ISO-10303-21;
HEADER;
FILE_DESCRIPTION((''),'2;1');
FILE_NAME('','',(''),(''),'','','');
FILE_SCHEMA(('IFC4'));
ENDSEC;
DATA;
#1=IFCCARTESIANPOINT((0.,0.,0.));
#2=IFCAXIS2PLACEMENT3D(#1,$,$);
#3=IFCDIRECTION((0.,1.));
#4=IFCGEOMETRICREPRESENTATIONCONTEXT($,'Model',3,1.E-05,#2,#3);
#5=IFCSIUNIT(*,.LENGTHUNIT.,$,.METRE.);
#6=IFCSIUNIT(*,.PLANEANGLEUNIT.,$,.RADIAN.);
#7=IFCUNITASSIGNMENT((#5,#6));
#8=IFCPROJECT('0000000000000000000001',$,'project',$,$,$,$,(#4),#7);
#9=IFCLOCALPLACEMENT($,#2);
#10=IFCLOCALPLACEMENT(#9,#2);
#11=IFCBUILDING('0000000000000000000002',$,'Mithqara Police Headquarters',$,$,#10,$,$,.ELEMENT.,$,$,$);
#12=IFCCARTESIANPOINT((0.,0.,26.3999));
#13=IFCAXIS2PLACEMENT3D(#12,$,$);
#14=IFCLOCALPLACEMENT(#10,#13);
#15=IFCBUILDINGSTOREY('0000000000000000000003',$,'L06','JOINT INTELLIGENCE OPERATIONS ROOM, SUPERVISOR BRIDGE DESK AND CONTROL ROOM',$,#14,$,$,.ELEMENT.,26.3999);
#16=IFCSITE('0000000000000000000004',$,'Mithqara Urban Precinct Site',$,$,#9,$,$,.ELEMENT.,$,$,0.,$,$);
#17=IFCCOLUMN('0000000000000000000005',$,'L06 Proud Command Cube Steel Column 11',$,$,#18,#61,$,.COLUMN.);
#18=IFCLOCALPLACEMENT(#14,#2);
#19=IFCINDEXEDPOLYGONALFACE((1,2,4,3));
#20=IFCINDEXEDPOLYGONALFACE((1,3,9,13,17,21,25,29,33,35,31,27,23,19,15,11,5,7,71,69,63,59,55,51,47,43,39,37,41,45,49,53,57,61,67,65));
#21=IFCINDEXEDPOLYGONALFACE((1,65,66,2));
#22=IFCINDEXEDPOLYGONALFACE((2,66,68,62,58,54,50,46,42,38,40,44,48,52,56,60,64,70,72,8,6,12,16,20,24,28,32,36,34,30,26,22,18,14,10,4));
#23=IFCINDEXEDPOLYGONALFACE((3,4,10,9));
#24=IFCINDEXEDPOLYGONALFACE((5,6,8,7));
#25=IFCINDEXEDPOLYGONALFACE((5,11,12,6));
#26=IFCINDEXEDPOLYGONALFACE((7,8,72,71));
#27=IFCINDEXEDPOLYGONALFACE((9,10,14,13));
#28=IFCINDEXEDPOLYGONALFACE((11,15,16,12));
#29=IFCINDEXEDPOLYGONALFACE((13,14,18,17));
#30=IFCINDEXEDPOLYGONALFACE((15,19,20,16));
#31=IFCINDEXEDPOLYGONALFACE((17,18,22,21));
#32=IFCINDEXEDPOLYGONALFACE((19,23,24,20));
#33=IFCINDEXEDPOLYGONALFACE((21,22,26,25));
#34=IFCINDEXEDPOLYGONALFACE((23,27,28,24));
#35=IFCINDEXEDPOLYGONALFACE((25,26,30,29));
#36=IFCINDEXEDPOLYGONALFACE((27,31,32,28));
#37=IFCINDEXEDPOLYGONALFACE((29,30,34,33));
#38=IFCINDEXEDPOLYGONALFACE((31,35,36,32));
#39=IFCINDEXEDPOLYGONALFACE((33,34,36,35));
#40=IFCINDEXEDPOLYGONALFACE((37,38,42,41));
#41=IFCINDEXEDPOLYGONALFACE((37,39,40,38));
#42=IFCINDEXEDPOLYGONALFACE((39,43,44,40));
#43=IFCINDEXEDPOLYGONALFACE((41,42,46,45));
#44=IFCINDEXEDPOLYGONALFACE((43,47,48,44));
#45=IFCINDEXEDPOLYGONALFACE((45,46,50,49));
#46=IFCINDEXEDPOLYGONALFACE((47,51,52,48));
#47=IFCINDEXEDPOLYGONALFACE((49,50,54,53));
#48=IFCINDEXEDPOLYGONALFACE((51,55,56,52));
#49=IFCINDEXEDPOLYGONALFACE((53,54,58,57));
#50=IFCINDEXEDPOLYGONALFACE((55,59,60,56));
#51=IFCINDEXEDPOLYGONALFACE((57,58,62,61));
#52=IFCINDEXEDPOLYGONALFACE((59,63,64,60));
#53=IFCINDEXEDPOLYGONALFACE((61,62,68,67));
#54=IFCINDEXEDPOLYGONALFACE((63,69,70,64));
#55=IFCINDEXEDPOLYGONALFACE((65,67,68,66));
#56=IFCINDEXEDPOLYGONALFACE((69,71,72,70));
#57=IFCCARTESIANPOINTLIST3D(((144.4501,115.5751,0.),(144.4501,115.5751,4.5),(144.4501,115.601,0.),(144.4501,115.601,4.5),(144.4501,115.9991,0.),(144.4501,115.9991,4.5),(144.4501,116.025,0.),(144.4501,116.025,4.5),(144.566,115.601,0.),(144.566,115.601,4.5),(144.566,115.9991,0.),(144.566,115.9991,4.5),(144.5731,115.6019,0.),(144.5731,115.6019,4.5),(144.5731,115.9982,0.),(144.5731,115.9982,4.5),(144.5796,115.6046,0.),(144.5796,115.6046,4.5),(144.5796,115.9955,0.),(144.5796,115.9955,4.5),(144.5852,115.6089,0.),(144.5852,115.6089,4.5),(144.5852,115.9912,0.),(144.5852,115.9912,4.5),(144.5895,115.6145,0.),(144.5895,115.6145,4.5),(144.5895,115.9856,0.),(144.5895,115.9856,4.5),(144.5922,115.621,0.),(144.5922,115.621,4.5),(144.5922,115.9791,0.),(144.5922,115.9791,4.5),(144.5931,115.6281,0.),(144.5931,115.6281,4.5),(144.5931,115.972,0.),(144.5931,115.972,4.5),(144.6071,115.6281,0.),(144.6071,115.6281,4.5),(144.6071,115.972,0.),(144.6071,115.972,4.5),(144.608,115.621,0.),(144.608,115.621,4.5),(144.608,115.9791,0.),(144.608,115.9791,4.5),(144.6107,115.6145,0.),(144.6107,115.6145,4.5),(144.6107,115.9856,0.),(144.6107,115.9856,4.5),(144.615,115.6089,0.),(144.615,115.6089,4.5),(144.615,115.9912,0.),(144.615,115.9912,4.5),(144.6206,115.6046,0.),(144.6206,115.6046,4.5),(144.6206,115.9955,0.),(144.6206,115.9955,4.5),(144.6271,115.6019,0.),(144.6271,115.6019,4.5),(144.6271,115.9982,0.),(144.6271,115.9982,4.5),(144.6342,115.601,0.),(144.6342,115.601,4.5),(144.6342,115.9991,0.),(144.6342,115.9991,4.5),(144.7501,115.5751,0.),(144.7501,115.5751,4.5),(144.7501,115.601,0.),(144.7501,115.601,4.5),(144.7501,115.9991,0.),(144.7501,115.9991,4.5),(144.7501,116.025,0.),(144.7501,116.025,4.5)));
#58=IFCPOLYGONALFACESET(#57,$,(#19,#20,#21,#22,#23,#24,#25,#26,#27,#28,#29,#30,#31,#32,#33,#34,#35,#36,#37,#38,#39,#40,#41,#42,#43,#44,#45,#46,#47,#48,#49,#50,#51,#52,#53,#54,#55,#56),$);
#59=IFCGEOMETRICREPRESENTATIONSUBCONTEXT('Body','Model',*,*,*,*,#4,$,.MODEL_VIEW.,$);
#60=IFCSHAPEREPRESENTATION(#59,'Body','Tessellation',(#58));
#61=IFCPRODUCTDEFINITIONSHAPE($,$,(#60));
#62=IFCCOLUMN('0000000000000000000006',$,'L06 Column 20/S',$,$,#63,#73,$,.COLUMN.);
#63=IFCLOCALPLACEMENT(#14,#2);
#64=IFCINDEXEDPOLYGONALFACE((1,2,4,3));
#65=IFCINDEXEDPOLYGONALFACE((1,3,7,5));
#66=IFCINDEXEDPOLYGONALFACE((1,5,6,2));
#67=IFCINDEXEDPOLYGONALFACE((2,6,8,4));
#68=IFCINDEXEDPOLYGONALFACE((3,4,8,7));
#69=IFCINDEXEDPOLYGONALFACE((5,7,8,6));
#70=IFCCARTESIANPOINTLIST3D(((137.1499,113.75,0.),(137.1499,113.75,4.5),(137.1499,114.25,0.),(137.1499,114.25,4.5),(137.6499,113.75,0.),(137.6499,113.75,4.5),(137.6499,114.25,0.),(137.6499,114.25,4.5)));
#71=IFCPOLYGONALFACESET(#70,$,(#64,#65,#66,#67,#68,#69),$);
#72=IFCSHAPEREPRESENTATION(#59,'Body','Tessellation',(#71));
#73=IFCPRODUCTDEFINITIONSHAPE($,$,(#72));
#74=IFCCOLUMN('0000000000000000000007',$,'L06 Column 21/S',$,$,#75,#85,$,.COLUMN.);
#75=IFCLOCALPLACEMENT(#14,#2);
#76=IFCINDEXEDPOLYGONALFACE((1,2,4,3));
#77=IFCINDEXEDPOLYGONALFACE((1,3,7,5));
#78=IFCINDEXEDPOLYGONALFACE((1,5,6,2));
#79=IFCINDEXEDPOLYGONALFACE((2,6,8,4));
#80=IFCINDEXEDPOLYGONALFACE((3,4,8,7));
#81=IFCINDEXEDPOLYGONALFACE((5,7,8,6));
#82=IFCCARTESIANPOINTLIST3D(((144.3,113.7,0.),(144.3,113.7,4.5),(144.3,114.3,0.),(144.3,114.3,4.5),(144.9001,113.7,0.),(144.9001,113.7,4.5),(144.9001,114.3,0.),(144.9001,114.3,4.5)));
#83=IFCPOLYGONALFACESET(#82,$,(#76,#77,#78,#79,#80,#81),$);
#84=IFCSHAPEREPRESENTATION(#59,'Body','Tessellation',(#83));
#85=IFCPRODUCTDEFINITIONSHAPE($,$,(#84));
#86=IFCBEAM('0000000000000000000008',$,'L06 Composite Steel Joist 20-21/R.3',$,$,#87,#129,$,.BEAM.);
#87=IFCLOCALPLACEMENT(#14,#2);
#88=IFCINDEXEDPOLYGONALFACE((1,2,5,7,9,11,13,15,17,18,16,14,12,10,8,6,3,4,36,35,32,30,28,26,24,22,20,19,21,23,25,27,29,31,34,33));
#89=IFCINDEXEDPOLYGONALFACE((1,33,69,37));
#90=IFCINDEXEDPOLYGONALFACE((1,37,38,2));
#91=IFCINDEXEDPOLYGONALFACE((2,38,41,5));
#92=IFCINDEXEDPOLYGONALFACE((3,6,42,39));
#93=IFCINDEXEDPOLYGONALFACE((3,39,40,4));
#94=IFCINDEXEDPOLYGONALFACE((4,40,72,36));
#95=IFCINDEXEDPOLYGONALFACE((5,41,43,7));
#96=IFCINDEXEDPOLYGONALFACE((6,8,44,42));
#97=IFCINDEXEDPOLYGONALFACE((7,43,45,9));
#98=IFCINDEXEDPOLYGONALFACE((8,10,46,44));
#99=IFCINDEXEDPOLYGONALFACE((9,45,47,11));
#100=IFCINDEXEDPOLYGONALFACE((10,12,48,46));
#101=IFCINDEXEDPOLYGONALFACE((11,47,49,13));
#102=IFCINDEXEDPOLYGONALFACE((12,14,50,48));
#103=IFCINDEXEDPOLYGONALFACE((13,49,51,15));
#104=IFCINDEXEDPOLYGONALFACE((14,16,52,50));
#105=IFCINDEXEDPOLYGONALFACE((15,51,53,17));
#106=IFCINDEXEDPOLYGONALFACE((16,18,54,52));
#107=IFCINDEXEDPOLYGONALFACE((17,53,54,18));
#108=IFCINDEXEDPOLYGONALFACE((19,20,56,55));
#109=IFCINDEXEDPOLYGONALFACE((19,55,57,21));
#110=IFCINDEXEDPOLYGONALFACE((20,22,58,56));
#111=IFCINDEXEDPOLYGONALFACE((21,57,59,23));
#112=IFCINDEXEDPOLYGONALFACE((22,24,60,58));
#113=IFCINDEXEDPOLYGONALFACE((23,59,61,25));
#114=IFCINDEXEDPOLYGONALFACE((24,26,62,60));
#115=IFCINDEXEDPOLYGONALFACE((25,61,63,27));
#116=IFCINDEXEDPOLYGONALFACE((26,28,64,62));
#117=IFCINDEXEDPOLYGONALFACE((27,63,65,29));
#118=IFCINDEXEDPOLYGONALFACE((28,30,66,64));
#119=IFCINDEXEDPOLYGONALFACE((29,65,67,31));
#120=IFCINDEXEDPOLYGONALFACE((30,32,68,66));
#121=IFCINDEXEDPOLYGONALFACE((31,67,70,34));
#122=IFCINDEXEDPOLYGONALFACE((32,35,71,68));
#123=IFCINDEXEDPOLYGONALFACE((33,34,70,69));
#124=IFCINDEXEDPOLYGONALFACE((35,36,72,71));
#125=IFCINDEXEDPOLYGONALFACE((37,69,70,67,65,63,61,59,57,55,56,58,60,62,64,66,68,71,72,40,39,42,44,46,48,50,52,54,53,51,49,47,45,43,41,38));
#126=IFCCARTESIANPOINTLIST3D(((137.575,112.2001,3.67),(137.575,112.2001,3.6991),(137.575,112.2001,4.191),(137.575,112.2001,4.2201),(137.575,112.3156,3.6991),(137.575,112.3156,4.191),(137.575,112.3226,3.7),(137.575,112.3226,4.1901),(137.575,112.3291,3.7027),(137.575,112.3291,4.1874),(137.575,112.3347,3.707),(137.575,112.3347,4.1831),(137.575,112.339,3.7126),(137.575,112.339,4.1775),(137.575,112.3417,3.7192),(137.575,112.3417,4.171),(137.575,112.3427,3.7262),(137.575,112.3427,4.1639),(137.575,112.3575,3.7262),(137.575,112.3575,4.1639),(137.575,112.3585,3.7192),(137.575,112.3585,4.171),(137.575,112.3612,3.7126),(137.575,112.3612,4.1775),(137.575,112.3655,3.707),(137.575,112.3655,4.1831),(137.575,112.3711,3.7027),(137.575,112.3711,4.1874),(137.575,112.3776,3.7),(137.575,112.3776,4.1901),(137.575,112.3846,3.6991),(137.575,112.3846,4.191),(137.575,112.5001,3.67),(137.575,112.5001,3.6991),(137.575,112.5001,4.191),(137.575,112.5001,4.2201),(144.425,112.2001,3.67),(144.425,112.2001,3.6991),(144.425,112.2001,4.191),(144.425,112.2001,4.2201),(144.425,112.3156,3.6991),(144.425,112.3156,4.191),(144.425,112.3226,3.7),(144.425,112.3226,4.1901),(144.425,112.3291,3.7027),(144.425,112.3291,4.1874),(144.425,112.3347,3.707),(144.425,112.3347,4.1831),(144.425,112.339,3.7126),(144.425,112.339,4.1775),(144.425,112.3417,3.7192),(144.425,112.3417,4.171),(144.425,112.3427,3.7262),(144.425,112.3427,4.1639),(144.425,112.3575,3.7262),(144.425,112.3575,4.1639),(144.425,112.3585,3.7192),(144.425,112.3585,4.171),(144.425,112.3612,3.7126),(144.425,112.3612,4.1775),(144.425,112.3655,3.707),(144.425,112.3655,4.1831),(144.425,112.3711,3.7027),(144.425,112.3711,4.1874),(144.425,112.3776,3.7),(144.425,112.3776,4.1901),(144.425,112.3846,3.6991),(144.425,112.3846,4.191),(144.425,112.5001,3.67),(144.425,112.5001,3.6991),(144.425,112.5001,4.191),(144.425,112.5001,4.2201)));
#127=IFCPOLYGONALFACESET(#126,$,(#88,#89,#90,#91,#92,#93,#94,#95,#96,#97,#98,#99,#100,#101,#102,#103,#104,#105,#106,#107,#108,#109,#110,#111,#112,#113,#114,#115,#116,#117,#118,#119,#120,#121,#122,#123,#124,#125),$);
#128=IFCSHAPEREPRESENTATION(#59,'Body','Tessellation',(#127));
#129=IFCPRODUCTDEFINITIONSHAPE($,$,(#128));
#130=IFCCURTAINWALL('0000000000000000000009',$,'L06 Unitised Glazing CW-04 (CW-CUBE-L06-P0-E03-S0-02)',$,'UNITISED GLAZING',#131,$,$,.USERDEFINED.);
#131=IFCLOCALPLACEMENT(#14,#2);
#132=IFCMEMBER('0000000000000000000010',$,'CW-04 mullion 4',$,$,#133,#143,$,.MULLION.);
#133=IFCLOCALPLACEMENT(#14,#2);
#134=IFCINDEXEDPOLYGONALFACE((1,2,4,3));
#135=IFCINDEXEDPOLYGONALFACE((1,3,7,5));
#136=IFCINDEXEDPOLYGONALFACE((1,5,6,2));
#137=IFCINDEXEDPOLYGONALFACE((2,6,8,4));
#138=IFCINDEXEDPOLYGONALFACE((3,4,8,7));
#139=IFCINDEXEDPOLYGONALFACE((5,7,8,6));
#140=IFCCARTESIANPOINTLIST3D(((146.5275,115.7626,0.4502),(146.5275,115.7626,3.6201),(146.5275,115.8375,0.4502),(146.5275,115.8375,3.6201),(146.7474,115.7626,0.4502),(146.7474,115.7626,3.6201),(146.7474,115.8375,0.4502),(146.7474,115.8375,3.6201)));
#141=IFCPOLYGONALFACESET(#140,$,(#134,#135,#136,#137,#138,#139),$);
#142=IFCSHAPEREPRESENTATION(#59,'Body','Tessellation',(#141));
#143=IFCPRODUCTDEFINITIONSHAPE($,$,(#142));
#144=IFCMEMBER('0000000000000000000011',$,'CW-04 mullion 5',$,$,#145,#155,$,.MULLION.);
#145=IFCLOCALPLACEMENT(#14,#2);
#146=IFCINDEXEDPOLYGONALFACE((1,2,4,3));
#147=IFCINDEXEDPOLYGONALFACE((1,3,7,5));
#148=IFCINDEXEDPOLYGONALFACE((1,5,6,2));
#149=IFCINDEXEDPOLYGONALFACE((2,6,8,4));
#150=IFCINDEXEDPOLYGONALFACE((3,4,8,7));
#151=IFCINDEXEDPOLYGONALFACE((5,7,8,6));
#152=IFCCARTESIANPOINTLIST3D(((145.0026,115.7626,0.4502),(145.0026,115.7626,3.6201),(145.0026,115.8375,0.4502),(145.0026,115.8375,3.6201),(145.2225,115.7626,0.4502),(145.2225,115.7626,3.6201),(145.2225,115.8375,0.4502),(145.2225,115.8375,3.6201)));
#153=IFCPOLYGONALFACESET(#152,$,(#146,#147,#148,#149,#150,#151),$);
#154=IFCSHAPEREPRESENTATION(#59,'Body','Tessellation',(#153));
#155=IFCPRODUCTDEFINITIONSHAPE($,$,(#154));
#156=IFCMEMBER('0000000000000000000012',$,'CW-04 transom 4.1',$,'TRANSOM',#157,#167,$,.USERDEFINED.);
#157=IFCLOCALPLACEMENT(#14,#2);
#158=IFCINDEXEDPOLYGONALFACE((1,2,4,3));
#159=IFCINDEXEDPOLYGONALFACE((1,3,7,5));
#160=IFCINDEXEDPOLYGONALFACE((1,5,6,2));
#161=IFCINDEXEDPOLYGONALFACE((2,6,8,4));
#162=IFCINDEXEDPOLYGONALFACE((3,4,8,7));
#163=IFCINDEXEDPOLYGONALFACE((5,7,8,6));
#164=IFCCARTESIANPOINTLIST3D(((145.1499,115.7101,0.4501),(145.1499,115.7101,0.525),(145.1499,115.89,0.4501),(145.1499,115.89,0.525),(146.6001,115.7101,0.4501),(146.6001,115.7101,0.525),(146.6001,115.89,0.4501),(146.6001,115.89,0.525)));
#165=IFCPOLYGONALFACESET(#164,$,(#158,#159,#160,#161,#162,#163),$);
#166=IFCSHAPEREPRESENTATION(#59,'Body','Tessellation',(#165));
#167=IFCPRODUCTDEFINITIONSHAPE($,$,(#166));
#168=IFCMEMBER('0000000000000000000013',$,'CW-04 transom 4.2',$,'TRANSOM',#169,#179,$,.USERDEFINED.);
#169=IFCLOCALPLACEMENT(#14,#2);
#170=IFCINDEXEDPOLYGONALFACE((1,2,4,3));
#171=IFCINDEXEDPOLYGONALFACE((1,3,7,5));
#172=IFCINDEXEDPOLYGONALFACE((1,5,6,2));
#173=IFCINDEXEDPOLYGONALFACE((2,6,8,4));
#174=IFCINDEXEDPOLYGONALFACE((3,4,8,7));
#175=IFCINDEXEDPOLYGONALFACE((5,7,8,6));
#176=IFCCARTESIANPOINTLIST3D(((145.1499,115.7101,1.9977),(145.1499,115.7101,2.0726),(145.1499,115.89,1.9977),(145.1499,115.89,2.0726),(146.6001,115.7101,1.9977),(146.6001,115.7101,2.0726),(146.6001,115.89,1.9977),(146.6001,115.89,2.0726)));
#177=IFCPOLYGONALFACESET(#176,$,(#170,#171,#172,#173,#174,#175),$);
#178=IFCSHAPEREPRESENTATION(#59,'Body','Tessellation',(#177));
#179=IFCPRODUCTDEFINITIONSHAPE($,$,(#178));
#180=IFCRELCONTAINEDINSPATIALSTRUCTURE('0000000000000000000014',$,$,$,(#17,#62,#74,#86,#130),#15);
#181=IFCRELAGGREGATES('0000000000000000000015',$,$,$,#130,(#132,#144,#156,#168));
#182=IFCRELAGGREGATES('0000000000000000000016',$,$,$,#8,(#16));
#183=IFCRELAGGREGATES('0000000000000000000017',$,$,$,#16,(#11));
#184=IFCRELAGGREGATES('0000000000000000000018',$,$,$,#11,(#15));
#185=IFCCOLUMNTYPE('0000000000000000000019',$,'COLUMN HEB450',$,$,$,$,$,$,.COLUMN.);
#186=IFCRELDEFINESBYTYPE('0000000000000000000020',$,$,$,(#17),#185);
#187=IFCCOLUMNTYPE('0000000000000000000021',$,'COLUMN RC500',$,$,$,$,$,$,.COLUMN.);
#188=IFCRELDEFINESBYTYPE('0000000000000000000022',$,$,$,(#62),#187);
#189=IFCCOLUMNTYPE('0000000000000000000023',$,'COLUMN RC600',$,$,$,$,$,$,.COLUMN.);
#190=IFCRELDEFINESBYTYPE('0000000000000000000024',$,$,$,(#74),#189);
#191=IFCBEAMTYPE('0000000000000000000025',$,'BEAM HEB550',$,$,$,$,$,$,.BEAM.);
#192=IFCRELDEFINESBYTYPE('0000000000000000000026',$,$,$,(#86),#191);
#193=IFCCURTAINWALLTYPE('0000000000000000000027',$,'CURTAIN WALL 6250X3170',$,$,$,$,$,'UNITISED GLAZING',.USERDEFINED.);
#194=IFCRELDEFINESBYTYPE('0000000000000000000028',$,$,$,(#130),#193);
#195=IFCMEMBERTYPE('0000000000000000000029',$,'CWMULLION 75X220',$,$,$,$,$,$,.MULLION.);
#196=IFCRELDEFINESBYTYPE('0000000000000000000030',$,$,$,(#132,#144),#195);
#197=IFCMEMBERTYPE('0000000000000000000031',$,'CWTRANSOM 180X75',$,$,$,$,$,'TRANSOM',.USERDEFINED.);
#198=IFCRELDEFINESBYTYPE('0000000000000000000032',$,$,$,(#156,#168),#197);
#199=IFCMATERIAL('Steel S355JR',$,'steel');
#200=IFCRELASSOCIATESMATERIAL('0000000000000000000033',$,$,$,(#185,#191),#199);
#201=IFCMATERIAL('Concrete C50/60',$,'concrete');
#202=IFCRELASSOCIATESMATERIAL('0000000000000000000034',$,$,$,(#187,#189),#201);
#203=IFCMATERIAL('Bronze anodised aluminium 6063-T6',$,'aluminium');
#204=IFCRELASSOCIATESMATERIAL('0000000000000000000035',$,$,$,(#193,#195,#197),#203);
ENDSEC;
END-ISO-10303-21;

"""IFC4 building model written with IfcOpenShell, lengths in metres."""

from ifc_helpers import new_model, si_unit, direction, frame, origin, origin_2d, place, context, subcontext, project, spatial, rectangle, i_section, extrude, material, material_profile, profile_set, type_object, element, aggregate, save


model = new_model("IFC4")

# Units and contexts
model_context = context("Model", 3, precision=1e-05, world=origin(), true_north=direction((0.0, 1.0)))
body_context = subcontext(model_context, "Body", "Model", "MODEL_VIEW")
ifc_project = project(units=[si_unit("LENGTHUNIT", "METRE"), si_unit("PLANEANGLEUNIT", "RADIAN")], contexts=[model_context])

# Site, building, storey
site_placement = place(None, origin())
site = spatial("IfcSite", under=ifc_project, at=site_placement, Name="Mithqara Urban Precinct Site", CompositionType="ELEMENT", RefElevation=0.0)
building_placement = place(site_placement, origin())
building = spatial("IfcBuilding", under=site, at=building_placement, Name="Mithqara Police Headquarters", CompositionType="ELEMENT")
storey_placement = place(building_placement, frame((0.0, 0.0, 26.3999)))
storey = spatial("IfcBuildingStorey", under=building, at=storey_placement, Name="L06", Description="JOINT INTELLIGENCE OPERATIONS ROOM, SUPERVISOR BRIDGE DESK AND CONTROL ROOM", CompositionType="ELEMENT", Elevation=26.3999)

# Columns
ifc_material_1 = material(Name="Steel S355JR", Category="steel")
ifc_material_profile_1 = material_profile(ifc_material_1, i_section(OverallWidth=0.3, OverallDepth=0.45, WebThickness=0.0139, FlangeThickness=0.0259, FilletRadius=0.0271, at=origin_2d()), Name="HEB 450")
ifc_profile_set_1 = profile_set([ifc_material_profile_1], Name="Steel S355JR")
column_type_1 = type_object("IfcColumnType", Name="COLUMN HEB450", PredefinedType="COLUMN", material=ifc_profile_set_1)
column_1_placement = place(storey_placement, frame((144.6001, 115.8, 0.0), z_axis=(0.0, 0.0, 1.0), x_axis=(1.0, 0.0, 0.0)))
element("IfcColumn", 1, at=column_1_placement, inside=storey, type_object=column_type_1, Name="L06 Proud Command Cube Steel Column 11", PredefinedType="COLUMN", context=body_context, shape_type="SweptSolid", body=[
    extrude(i_section(OverallWidth=0.3, OverallDepth=0.45, WebThickness=0.0139, FlangeThickness=0.0259, FilletRadius=0.0271, at=origin_2d()), origin(), (0.0, 0.0, 1.0), 4.5),
])
ifc_material_2 = material(Name="Concrete C50/60", Category="concrete")
ifc_material_profile_2 = material_profile(ifc_material_2, rectangle(XDim=0.5, YDim=0.5, at=origin_2d()), Name="RC 500x500")
ifc_profile_set_2 = profile_set([ifc_material_profile_2], Name="Concrete C50/60")
column_type_2 = type_object("IfcColumnType", Name="COLUMN RC500", PredefinedType="COLUMN", material=ifc_profile_set_2)
column_2_placement = place(storey_placement, frame((137.3999, 114.0, 0.0), z_axis=(0.0, 0.0, 1.0), x_axis=(1.0, 0.0, 0.0)))
element("IfcColumn", 2, at=column_2_placement, inside=storey, type_object=column_type_2, Name="L06 Column 20/S", PredefinedType="COLUMN", context=body_context, shape_type="SweptSolid", body=[
    extrude(rectangle(XDim=0.5, YDim=0.5, at=origin_2d()), origin(), (0.0, 0.0, 1.0), 4.5),
])
ifc_material_profile_3 = material_profile(ifc_material_2, rectangle(XDim=0.6001, YDim=0.6001, at=origin_2d()), Name="RC 600x600")
ifc_profile_set_3 = profile_set([ifc_material_profile_3], Name="Concrete C50/60")
column_type_3 = type_object("IfcColumnType", Name="COLUMN RC600", PredefinedType="COLUMN", material=ifc_profile_set_3)
column_3_placement = place(storey_placement, frame((144.6001, 114.0, 0.0), z_axis=(0.0, 0.0, 1.0), x_axis=(1.0, 0.0, 0.0)))
element("IfcColumn", 3, at=column_3_placement, inside=storey, type_object=column_type_3, Name="L06 Column 21/S", PredefinedType="COLUMN", context=body_context, shape_type="SweptSolid", body=[
    extrude(rectangle(XDim=0.6001, YDim=0.6001, at=origin_2d()), origin(), (0.0, 0.0, 1.0), 4.5),
])

# Beam
ifc_material_profile_4 = material_profile(ifc_material_1, i_section(OverallWidth=0.3, OverallDepth=0.55, WebThickness=0.0149, FlangeThickness=0.0291, FilletRadius=0.0271, at=origin_2d()), Name="HEB 550")
ifc_profile_set_4 = profile_set([ifc_material_profile_4], Name="Steel S355JR")
beam_type_1 = type_object("IfcBeamType", Name="BEAM HEB550", PredefinedType="BEAM", material=ifc_profile_set_4)
beam_1_placement = place(storey_placement, frame((137.575, 112.3501, 3.9451), z_axis=(1.0, 0.0, 0.0), x_axis=(0.0, 1.0, 0.0)))
element("IfcBeam", 4, at=beam_1_placement, inside=storey, type_object=beam_type_1, Name="L06 Composite Steel Joist 20-21/R.3", PredefinedType="BEAM", context=body_context, shape_type="SweptSolid", body=[
    extrude(i_section(OverallWidth=0.3, OverallDepth=0.55, WebThickness=0.0149, FlangeThickness=0.0291, FilletRadius=0.0271, at=origin_2d()), origin(), (0.0, 0.0, 1.0), 6.8501),
])

# Curtain wall, members
ifc_material_3 = material(Name="Bronze anodised aluminium 6063-T6", Category="aluminium")
curtain_wall_type = type_object("IfcCurtainWallType", Name="CURTAIN WALL 6250X3170", ElementType="UNITISED GLAZING", PredefinedType="USERDEFINED", material=ifc_material_3)
curtain_wall_placement = place(storey_placement, origin())
curtain_wall = element("IfcCurtainWall", 5, at=curtain_wall_placement, inside=storey, type_object=curtain_wall_type, Name="L06 Unitised Glazing CW-04 (CW-CUBE-L06-P0-E03-S0-02)", ObjectType="UNITISED GLAZING", PredefinedType="USERDEFINED")
ifc_material_profile_5 = material_profile(ifc_material_3, rectangle(XDim=0.075, YDim=0.22, at=origin_2d()), Name="CWM 75x220")
ifc_profile_set_5 = profile_set([ifc_material_profile_5], Name="Bronze anodised aluminium 6063-T6")
member_type_1 = type_object("IfcMemberType", Name="CWMULLION 75X220", PredefinedType="MULLION", material=ifc_profile_set_5)
member_1_placement = place(storey_placement, frame((146.6375, 115.8, 0.4502), z_axis=(0.0, 0.0, 1.0), x_axis=(0.0, -1.0, 0.0)))
member_1 = element("IfcMember", 6, at=member_1_placement, type_object=member_type_1, Name="CW-04 mullion 4", PredefinedType="MULLION", context=body_context, shape_type="SweptSolid", body=[
    extrude(rectangle(XDim=0.075, YDim=0.22, at=origin_2d()), origin(), (0.0, 0.0, 1.0), 3.1699),
])
member_2_placement = place(storey_placement, frame((145.1125, 115.8, 0.4502), z_axis=(0.0, 0.0, 1.0), x_axis=(0.0, -1.0, 0.0)))
member_2 = element("IfcMember", 7, at=member_2_placement, type_object=member_type_1, Name="CW-04 mullion 5", PredefinedType="MULLION", context=body_context, shape_type="SweptSolid", body=[
    extrude(rectangle(XDim=0.075, YDim=0.22, at=origin_2d()), origin(), (0.0, 0.0, 1.0), 3.1699),
])
ifc_material_profile_6 = material_profile(ifc_material_3, rectangle(XDim=0.1799, YDim=0.075, at=origin_2d()), Name="CWT 180x75")
ifc_profile_set_6 = profile_set([ifc_material_profile_6], Name="Bronze anodised aluminium 6063-T6")
member_type_2 = type_object("IfcMemberType", Name="CWTRANSOM 180X75", ElementType="TRANSOM", PredefinedType="USERDEFINED", material=ifc_profile_set_6)
member_3_placement = place(storey_placement, frame((146.6001, 115.8, 0.4875), z_axis=(-1.0, 0.0, 0.0), x_axis=(0.0, -1.0, 0.0)))
member_3 = element("IfcMember", 8, at=member_3_placement, type_object=member_type_2, Name="CW-04 transom 4.1", ObjectType="TRANSOM", PredefinedType="USERDEFINED", context=body_context, shape_type="SweptSolid", body=[
    extrude(rectangle(XDim=0.1799, YDim=0.075, at=origin_2d()), origin(), (0.0, 0.0, 1.0), 1.4502),
])
member_4_placement = place(storey_placement, frame((146.6001, 115.8, 2.0352), z_axis=(-1.0, 0.0, 0.0), x_axis=(0.0, -1.0, 0.0)))
member_4 = element("IfcMember", 9, at=member_4_placement, type_object=member_type_2, Name="CW-04 transom 4.2", ObjectType="TRANSOM", PredefinedType="USERDEFINED", context=body_context, shape_type="SweptSolid", body=[
    extrude(rectangle(XDim=0.1799, YDim=0.075, at=origin_2d()), origin(), (0.0, 0.0, 1.0), 1.4502),
])

aggregate(curtain_wall, [member_1, member_2, member_3, member_4])

save(model, "model.ifc")
